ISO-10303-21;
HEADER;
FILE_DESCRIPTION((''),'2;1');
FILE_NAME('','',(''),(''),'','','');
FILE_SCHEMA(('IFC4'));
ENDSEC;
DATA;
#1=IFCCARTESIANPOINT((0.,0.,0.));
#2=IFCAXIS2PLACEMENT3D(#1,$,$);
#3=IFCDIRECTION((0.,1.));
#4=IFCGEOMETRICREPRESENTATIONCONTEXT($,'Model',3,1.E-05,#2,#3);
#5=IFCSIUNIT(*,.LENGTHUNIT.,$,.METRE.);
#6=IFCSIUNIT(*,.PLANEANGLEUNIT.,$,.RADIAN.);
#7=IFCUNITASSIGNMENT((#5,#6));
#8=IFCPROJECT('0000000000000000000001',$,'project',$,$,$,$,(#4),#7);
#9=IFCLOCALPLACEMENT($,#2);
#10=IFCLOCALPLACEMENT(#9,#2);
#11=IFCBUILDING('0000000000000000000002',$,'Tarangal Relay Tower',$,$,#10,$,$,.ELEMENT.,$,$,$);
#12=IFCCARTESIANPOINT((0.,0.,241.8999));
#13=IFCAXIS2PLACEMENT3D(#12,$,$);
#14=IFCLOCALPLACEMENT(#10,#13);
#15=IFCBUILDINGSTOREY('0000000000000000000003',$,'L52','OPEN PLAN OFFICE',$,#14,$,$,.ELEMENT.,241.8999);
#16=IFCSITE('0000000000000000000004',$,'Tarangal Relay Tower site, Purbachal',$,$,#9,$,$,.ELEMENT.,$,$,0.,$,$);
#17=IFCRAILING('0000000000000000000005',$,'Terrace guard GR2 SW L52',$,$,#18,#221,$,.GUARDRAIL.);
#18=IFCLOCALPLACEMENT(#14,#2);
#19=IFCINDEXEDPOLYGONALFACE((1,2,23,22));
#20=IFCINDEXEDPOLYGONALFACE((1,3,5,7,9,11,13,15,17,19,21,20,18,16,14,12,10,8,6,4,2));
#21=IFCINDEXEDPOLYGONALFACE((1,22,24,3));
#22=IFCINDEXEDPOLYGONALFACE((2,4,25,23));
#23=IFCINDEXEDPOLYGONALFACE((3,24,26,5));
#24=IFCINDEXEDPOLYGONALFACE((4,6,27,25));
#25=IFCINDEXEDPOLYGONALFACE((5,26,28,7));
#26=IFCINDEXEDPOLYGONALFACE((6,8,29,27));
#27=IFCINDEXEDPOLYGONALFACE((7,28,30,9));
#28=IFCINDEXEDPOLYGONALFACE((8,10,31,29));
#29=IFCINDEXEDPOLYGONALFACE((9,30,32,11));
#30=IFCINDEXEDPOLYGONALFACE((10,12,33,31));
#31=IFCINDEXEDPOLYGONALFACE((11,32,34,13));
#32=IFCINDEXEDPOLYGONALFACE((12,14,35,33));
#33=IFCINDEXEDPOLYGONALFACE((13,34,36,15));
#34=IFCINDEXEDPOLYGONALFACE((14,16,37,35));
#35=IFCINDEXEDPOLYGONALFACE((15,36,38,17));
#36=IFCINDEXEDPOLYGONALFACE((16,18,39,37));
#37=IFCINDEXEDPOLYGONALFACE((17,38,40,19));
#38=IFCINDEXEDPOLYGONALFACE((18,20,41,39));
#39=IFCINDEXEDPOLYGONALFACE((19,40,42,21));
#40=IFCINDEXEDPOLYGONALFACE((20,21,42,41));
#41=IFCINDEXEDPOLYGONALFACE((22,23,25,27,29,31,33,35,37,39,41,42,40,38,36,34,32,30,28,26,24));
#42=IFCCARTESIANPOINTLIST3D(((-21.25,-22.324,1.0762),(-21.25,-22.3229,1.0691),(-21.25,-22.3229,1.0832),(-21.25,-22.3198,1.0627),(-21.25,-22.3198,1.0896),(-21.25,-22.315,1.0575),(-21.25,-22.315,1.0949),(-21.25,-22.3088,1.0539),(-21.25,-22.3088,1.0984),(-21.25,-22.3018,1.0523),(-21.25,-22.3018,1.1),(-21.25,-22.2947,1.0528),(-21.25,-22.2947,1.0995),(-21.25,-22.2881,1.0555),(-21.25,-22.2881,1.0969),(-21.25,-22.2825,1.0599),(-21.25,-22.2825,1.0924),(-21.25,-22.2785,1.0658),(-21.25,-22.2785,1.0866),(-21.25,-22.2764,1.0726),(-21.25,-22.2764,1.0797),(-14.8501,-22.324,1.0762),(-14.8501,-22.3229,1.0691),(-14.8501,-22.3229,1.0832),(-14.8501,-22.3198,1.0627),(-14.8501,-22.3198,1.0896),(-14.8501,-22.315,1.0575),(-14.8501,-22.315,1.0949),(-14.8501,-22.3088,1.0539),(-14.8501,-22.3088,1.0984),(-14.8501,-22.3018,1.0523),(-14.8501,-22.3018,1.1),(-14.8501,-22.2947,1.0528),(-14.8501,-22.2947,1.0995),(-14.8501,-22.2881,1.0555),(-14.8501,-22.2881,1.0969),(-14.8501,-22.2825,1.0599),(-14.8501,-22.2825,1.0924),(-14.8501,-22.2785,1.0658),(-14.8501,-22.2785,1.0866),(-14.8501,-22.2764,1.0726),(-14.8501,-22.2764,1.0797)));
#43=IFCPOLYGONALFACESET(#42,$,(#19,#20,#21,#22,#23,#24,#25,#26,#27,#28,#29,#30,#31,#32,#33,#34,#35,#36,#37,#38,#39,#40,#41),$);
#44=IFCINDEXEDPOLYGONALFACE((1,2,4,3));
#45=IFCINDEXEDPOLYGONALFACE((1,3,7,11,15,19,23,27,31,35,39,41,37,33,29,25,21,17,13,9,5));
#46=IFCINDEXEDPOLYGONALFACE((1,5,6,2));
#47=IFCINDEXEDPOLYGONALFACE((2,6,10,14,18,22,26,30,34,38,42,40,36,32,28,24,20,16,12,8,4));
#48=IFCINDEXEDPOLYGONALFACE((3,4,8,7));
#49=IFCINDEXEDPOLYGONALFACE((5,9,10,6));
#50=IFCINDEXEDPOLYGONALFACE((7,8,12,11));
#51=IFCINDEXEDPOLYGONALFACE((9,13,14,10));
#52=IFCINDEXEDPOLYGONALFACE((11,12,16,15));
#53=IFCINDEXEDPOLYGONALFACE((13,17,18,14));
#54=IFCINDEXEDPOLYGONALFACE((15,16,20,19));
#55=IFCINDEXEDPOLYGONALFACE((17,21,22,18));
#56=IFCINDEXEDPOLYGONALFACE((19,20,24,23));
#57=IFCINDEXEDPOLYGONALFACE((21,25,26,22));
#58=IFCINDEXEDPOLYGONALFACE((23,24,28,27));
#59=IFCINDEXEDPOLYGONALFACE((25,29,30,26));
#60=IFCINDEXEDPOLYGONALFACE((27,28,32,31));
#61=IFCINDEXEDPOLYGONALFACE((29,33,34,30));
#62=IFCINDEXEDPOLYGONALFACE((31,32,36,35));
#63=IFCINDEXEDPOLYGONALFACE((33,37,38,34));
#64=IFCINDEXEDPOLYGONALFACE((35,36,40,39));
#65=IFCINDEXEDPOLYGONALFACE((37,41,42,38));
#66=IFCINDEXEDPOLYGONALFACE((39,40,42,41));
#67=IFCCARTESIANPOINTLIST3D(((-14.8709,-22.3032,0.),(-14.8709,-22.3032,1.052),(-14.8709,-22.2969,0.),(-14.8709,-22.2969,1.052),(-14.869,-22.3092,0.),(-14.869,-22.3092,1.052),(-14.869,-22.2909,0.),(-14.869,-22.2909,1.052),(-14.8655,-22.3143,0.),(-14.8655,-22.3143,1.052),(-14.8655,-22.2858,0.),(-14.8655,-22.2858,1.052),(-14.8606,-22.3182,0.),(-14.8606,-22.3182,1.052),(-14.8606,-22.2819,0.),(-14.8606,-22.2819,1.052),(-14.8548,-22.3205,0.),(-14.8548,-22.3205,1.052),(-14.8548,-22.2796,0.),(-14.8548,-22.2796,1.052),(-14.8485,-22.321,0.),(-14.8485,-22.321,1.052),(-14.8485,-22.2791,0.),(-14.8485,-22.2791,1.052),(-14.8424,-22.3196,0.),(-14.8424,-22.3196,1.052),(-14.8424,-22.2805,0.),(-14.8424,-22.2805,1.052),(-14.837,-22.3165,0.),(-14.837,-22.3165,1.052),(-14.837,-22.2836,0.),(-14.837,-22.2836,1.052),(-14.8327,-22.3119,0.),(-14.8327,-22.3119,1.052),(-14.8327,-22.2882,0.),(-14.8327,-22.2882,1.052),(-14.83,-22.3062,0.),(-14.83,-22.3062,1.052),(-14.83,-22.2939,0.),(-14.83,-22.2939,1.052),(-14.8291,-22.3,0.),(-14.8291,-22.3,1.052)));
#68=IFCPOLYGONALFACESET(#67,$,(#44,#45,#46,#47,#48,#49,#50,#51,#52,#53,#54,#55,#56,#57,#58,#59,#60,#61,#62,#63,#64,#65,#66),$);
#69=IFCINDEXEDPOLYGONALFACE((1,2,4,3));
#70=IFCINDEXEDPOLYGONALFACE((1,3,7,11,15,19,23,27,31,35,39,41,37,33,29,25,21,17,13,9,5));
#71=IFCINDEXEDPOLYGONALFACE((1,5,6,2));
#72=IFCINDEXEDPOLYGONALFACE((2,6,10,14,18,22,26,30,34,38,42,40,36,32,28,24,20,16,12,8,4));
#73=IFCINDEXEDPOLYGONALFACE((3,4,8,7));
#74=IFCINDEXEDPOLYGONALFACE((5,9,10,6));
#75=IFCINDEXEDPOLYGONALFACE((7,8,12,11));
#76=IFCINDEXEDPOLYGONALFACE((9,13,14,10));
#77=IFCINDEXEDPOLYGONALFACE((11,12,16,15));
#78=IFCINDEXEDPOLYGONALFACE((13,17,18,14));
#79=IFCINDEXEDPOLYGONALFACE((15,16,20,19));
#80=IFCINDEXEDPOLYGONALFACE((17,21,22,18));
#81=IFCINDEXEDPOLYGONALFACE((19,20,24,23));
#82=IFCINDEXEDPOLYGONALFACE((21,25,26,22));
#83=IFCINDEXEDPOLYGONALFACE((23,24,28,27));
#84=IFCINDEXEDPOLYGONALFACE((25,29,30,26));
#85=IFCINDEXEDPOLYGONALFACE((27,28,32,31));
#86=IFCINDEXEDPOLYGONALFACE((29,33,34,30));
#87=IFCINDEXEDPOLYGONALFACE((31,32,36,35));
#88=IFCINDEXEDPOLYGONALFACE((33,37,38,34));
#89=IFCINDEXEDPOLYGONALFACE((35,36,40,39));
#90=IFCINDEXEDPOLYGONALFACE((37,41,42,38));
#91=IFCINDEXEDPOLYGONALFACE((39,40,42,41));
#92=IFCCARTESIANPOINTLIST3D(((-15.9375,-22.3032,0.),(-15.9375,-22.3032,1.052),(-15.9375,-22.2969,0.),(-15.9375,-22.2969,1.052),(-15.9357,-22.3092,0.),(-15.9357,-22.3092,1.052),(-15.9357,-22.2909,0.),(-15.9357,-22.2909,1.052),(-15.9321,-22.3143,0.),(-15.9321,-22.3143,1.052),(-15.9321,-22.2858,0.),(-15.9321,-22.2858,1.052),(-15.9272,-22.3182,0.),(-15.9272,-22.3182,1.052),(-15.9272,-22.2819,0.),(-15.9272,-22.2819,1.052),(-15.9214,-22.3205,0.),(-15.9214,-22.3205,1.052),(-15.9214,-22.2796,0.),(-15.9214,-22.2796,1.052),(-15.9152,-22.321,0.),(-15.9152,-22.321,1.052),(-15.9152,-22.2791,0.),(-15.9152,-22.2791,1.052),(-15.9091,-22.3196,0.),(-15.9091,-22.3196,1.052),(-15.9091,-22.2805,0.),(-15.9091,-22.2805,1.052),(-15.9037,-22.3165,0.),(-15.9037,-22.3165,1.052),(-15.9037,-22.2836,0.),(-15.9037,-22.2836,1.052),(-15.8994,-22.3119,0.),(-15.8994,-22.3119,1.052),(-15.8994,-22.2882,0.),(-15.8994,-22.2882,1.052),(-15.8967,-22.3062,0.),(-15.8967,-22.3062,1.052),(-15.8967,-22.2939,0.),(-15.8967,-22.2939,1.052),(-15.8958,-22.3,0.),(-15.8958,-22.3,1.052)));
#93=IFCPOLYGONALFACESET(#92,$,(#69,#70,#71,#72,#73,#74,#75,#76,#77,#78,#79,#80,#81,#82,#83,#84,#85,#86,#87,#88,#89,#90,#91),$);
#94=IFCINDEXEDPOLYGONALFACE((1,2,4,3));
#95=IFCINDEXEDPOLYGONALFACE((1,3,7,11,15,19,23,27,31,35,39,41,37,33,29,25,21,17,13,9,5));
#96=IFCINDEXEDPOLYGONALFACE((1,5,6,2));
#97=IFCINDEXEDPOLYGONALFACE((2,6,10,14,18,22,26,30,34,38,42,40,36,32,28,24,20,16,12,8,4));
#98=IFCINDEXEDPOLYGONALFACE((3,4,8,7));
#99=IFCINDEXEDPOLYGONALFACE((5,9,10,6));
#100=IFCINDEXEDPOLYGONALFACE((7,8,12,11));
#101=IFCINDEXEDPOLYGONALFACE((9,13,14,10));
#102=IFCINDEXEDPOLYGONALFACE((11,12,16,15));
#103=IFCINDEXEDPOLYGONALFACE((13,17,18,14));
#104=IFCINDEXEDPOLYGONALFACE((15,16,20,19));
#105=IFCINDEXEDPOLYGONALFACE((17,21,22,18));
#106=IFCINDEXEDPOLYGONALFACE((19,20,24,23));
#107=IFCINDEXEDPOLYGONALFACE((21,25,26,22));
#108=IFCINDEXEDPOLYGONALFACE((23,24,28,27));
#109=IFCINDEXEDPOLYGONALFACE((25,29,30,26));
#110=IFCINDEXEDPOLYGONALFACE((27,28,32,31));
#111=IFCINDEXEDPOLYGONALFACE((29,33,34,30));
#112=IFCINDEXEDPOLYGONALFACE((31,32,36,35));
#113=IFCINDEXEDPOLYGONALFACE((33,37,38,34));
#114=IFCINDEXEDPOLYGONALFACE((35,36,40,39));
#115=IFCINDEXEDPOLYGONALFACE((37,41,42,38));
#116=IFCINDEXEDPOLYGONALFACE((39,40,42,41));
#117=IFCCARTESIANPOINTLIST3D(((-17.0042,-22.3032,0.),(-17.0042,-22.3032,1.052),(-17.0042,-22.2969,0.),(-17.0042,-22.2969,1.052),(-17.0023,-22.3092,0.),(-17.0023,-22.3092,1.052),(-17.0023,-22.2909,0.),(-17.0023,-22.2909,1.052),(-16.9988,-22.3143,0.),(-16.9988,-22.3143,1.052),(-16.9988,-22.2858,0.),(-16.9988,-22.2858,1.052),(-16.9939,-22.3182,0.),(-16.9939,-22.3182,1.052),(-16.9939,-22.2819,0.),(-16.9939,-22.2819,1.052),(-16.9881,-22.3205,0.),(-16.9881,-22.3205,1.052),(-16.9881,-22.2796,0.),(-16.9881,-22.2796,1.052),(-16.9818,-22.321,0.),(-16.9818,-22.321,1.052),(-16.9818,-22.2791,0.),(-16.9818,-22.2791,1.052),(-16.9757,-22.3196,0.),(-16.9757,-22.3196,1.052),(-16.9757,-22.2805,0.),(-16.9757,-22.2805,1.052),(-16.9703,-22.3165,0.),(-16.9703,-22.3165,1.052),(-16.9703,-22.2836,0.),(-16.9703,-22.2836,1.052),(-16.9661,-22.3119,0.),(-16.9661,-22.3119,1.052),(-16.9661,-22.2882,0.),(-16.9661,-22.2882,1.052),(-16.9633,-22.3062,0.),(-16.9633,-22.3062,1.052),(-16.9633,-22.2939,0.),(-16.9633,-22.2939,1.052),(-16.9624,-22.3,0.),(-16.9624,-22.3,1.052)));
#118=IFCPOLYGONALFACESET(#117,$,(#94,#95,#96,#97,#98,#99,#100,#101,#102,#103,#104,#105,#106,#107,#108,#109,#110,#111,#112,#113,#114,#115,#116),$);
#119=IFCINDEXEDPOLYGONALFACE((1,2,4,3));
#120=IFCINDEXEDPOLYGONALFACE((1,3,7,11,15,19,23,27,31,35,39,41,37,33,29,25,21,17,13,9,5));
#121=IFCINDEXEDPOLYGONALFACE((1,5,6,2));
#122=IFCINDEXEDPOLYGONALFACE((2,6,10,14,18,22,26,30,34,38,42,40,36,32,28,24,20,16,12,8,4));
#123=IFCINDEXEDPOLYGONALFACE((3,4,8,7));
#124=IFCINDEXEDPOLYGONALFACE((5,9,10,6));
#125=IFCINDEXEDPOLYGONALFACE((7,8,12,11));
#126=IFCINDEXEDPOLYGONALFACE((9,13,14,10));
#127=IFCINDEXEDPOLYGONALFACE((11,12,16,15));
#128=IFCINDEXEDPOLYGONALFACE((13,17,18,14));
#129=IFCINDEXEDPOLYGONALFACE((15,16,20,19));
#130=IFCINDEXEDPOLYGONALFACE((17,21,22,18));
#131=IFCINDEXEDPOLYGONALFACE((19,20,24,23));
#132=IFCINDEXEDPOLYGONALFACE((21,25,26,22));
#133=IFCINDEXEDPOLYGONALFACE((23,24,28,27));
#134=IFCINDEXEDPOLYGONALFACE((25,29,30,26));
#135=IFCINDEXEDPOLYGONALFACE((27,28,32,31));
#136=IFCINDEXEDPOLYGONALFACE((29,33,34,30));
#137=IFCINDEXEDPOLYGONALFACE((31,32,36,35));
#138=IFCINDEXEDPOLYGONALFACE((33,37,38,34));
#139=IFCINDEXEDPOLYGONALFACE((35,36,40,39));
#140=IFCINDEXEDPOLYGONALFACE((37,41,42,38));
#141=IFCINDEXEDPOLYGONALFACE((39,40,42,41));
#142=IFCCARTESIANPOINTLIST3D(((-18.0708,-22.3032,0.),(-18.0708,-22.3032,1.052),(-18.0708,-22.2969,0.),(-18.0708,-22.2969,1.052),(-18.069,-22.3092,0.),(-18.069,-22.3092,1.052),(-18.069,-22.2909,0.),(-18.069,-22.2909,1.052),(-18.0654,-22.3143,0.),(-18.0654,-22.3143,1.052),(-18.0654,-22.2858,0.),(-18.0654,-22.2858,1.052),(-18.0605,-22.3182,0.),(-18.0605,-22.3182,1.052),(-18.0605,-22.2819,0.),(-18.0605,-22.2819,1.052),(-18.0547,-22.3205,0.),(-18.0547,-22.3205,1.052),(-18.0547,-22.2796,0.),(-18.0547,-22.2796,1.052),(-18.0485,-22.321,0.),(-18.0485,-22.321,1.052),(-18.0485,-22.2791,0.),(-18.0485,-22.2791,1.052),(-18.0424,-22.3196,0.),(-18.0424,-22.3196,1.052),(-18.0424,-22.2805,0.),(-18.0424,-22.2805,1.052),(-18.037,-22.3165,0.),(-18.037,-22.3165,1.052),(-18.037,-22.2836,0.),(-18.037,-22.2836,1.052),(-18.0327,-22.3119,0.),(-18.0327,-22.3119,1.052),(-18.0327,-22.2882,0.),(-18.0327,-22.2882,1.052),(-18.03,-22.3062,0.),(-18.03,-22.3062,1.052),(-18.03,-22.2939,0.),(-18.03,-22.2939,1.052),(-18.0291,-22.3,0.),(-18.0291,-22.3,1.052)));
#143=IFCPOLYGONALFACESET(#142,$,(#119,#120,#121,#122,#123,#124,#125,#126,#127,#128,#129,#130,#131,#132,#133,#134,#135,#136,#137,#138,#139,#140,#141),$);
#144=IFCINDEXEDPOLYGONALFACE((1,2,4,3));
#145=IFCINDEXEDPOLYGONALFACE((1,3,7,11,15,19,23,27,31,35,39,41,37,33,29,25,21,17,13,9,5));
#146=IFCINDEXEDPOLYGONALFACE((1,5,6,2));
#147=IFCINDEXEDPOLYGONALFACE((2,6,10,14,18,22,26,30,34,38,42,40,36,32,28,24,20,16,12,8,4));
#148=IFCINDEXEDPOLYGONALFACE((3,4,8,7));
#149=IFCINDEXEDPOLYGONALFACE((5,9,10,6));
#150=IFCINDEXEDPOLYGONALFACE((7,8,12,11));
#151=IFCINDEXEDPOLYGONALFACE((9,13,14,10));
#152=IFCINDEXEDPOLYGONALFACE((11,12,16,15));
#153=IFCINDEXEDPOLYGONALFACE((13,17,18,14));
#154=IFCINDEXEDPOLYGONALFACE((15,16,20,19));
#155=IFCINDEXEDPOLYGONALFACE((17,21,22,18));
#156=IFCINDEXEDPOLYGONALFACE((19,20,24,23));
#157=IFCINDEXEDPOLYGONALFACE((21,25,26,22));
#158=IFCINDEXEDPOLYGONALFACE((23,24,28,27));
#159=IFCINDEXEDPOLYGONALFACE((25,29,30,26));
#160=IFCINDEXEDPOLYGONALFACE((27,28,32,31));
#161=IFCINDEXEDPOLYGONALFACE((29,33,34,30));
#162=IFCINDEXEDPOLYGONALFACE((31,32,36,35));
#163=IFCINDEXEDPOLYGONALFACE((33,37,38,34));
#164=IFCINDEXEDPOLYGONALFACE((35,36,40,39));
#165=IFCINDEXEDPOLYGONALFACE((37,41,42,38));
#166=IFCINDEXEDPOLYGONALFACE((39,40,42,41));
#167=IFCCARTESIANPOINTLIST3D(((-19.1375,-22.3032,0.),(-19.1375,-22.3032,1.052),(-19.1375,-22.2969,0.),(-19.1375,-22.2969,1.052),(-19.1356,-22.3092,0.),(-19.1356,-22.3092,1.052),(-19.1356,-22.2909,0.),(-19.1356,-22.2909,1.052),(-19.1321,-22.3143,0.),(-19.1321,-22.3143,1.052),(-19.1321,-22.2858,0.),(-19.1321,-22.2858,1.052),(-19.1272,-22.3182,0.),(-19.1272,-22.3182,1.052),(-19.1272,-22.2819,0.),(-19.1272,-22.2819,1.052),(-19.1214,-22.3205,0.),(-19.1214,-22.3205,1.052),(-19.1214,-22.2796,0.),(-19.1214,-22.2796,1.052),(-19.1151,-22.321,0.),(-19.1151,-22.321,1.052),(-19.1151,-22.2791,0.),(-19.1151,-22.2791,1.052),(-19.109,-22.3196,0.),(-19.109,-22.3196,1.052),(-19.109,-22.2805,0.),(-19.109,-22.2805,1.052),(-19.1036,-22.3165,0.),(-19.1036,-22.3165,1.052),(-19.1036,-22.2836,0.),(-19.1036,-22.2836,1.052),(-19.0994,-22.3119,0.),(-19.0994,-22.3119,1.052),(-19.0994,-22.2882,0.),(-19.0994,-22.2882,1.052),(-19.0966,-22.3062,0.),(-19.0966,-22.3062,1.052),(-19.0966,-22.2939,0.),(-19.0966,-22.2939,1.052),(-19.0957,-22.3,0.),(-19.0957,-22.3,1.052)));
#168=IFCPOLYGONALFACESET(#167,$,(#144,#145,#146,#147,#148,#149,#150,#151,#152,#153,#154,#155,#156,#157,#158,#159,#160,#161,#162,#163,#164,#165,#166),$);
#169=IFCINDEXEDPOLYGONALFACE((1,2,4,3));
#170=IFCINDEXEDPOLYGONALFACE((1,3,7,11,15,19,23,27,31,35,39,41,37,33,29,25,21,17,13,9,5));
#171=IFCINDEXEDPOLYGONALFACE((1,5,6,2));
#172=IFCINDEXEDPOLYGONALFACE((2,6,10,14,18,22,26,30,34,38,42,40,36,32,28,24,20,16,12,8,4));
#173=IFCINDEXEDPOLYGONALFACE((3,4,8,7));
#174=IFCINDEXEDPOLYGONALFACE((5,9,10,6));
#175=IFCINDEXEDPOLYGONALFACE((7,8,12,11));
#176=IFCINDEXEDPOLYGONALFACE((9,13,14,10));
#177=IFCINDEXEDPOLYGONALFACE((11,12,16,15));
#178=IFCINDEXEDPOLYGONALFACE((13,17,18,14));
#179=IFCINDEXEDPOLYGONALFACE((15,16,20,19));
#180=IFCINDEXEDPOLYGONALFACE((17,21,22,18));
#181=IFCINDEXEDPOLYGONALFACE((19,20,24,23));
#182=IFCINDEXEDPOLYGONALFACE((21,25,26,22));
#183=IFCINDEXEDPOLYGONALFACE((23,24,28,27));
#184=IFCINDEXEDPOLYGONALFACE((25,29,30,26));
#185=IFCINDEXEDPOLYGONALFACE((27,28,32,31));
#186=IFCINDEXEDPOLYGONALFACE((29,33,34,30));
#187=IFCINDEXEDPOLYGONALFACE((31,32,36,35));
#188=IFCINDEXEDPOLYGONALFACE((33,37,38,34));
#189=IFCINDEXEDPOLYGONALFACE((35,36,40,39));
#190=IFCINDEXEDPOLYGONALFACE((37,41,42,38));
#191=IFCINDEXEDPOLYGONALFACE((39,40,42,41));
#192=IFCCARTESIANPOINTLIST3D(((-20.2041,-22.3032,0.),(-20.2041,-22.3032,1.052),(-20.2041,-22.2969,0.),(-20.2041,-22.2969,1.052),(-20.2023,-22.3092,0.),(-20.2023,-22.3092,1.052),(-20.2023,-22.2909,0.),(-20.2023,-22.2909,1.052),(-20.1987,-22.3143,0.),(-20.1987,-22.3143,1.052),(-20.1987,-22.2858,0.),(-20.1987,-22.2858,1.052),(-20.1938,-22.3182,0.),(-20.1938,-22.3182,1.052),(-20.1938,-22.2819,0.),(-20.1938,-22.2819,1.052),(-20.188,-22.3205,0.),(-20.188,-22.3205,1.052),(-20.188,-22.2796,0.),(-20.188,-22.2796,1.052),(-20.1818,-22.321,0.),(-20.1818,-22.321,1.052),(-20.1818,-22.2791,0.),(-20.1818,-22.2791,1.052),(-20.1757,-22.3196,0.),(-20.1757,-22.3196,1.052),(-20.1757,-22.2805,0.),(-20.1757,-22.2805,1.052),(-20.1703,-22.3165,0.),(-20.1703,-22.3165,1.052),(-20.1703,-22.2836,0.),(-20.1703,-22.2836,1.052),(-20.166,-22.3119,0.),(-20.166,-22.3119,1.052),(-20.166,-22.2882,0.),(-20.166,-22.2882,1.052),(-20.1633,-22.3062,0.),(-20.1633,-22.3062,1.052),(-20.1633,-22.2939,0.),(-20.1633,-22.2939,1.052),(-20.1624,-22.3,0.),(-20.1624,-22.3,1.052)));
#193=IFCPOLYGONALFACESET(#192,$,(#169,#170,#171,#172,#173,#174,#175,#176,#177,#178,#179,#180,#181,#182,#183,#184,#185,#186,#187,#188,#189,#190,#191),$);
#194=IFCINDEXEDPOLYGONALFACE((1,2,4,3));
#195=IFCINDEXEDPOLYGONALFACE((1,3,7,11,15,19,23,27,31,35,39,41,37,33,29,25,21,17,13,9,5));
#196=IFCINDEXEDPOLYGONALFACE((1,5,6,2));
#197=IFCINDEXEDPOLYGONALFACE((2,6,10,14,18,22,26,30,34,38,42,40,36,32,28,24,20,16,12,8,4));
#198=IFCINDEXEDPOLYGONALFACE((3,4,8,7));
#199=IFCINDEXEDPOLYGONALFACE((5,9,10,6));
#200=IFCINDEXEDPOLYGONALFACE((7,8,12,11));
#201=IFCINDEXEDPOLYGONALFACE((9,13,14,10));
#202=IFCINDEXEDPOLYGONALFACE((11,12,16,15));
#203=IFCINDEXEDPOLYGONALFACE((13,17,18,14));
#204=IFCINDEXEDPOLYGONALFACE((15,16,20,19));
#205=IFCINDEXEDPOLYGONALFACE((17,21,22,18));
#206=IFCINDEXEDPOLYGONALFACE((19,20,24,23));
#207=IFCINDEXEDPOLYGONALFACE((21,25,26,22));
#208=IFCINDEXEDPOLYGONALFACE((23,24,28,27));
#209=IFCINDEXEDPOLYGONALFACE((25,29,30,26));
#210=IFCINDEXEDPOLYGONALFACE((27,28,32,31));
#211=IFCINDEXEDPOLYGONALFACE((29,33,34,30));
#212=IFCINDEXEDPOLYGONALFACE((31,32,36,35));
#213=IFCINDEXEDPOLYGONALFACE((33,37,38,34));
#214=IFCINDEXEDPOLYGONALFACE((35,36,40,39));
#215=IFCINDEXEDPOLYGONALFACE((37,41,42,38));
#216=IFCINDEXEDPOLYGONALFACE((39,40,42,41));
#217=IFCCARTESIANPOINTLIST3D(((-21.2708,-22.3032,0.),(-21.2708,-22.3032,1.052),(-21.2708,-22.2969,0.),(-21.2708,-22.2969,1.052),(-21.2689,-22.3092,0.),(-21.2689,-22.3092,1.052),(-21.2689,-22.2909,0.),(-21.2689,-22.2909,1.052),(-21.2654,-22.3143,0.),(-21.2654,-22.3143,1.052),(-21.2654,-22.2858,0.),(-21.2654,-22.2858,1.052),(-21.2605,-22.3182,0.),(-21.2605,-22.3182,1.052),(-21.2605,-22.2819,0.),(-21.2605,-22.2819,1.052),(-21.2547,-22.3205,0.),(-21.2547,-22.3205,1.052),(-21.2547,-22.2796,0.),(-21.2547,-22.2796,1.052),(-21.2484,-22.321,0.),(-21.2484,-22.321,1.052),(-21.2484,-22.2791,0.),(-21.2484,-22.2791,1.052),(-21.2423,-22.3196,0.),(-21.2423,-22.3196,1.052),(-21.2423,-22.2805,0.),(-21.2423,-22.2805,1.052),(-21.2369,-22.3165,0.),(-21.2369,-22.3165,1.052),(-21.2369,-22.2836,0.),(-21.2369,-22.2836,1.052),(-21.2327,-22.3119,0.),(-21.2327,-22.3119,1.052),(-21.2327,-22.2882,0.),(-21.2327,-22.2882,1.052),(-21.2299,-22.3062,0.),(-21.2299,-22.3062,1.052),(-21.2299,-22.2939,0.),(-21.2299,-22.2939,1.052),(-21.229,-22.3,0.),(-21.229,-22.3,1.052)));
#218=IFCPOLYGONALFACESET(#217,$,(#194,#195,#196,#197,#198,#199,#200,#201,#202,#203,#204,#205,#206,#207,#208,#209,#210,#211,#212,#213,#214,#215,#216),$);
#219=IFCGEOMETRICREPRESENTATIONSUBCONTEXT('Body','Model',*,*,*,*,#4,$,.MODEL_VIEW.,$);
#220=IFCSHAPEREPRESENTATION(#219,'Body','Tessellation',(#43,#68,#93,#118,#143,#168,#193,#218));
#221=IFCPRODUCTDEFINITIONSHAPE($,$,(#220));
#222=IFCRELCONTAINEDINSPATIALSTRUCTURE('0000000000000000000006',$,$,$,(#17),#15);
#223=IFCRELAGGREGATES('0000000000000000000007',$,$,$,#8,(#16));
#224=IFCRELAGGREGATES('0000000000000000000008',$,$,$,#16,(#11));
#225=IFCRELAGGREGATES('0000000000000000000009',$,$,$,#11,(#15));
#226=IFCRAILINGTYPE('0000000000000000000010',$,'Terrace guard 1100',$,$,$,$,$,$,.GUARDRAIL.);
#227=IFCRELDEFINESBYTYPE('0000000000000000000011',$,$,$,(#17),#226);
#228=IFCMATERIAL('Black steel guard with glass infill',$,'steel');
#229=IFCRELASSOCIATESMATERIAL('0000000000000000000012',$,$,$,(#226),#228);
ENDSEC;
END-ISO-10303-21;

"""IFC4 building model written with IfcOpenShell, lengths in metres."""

from ifc_helpers import new_model, si_unit, direction, frame, origin, origin_2d, place, context, subcontext, project, spatial, circle, extrude, material, type_object, element, save


model = new_model("IFC4")

# Units and contexts
model_context = context("Model", 3, precision=1e-05, world=origin(), true_north=direction((0.0, 1.0)))
body_context = subcontext(model_context, "Body", "Model", "MODEL_VIEW")
ifc_project = project(units=[si_unit("LENGTHUNIT", "METRE"), si_unit("PLANEANGLEUNIT", "RADIAN")], contexts=[model_context])

# Site, building, storey
site_placement = place(None, origin())
site = spatial("IfcSite", under=ifc_project, at=site_placement, Name="Tarangal Relay Tower site, Purbachal", CompositionType="ELEMENT", RefElevation=0.0)
building_placement = place(site_placement, origin())
building = spatial("IfcBuilding", under=site, at=building_placement, Name="Tarangal Relay Tower", CompositionType="ELEMENT")
storey_placement = place(building_placement, frame((0.0, 0.0, 241.8999)))
storey = spatial("IfcBuildingStorey", under=building, at=storey_placement, Name="L52", Description="OPEN PLAN OFFICE", CompositionType="ELEMENT", Elevation=241.8999)

# Railing
ifc_material_1 = material(Name="Black steel guard with glass infill", Category="steel")
railing_type = type_object("IfcRailingType", Name="Terrace guard 1100", PredefinedType="GUARDRAIL", material=ifc_material_1)
railing_1_placement = place(storey_placement, frame((-14.8501, -22.3, 0.0)))
element("IfcRailing", 1, at=railing_1_placement, inside=storey, type_object=railing_type, Name="Terrace guard GR2 SW L52", PredefinedType="GUARDRAIL", context=body_context, shape_type="SweptSolid", body=[
    extrude(circle(Radius=0.0239, at=origin_2d()), frame((0.0, 0.0, 1.0762), z_axis=(-1.0, 0.0, 0.0), x_axis=(0.0, -1.0, 0.0)), (0.0, 0.0, 1.0), 6.3999),
    extrude(circle(Radius=0.021, at=origin_2d()), origin(), (0.0, 0.0, 1.0), 1.052),
    extrude(circle(Radius=0.021, at=origin_2d()), frame((-1.0667, 0.0, 0.0)), (0.0, 0.0, 1.0), 1.052),
    extrude(circle(Radius=0.021, at=origin_2d()), frame((-2.1333, 0.0, 0.0)), (0.0, 0.0, 1.0), 1.052),
    extrude(circle(Radius=0.021, at=origin_2d()), frame((-3.2, 0.0, 0.0)), (0.0, 0.0, 1.0), 1.052),
    extrude(circle(Radius=0.021, at=origin_2d()), frame((-4.2666, 0.0, 0.0)), (0.0, 0.0, 1.0), 1.052),
    extrude(circle(Radius=0.021, at=origin_2d()), frame((-5.3333, 0.0, 0.0)), (0.0, 0.0, 1.0), 1.052),
    extrude(circle(Radius=0.021, at=origin_2d()), frame((-6.3999, 0.0, 0.0)), (0.0, 0.0, 1.0), 1.052),
])

save(model, "model.ifc")
